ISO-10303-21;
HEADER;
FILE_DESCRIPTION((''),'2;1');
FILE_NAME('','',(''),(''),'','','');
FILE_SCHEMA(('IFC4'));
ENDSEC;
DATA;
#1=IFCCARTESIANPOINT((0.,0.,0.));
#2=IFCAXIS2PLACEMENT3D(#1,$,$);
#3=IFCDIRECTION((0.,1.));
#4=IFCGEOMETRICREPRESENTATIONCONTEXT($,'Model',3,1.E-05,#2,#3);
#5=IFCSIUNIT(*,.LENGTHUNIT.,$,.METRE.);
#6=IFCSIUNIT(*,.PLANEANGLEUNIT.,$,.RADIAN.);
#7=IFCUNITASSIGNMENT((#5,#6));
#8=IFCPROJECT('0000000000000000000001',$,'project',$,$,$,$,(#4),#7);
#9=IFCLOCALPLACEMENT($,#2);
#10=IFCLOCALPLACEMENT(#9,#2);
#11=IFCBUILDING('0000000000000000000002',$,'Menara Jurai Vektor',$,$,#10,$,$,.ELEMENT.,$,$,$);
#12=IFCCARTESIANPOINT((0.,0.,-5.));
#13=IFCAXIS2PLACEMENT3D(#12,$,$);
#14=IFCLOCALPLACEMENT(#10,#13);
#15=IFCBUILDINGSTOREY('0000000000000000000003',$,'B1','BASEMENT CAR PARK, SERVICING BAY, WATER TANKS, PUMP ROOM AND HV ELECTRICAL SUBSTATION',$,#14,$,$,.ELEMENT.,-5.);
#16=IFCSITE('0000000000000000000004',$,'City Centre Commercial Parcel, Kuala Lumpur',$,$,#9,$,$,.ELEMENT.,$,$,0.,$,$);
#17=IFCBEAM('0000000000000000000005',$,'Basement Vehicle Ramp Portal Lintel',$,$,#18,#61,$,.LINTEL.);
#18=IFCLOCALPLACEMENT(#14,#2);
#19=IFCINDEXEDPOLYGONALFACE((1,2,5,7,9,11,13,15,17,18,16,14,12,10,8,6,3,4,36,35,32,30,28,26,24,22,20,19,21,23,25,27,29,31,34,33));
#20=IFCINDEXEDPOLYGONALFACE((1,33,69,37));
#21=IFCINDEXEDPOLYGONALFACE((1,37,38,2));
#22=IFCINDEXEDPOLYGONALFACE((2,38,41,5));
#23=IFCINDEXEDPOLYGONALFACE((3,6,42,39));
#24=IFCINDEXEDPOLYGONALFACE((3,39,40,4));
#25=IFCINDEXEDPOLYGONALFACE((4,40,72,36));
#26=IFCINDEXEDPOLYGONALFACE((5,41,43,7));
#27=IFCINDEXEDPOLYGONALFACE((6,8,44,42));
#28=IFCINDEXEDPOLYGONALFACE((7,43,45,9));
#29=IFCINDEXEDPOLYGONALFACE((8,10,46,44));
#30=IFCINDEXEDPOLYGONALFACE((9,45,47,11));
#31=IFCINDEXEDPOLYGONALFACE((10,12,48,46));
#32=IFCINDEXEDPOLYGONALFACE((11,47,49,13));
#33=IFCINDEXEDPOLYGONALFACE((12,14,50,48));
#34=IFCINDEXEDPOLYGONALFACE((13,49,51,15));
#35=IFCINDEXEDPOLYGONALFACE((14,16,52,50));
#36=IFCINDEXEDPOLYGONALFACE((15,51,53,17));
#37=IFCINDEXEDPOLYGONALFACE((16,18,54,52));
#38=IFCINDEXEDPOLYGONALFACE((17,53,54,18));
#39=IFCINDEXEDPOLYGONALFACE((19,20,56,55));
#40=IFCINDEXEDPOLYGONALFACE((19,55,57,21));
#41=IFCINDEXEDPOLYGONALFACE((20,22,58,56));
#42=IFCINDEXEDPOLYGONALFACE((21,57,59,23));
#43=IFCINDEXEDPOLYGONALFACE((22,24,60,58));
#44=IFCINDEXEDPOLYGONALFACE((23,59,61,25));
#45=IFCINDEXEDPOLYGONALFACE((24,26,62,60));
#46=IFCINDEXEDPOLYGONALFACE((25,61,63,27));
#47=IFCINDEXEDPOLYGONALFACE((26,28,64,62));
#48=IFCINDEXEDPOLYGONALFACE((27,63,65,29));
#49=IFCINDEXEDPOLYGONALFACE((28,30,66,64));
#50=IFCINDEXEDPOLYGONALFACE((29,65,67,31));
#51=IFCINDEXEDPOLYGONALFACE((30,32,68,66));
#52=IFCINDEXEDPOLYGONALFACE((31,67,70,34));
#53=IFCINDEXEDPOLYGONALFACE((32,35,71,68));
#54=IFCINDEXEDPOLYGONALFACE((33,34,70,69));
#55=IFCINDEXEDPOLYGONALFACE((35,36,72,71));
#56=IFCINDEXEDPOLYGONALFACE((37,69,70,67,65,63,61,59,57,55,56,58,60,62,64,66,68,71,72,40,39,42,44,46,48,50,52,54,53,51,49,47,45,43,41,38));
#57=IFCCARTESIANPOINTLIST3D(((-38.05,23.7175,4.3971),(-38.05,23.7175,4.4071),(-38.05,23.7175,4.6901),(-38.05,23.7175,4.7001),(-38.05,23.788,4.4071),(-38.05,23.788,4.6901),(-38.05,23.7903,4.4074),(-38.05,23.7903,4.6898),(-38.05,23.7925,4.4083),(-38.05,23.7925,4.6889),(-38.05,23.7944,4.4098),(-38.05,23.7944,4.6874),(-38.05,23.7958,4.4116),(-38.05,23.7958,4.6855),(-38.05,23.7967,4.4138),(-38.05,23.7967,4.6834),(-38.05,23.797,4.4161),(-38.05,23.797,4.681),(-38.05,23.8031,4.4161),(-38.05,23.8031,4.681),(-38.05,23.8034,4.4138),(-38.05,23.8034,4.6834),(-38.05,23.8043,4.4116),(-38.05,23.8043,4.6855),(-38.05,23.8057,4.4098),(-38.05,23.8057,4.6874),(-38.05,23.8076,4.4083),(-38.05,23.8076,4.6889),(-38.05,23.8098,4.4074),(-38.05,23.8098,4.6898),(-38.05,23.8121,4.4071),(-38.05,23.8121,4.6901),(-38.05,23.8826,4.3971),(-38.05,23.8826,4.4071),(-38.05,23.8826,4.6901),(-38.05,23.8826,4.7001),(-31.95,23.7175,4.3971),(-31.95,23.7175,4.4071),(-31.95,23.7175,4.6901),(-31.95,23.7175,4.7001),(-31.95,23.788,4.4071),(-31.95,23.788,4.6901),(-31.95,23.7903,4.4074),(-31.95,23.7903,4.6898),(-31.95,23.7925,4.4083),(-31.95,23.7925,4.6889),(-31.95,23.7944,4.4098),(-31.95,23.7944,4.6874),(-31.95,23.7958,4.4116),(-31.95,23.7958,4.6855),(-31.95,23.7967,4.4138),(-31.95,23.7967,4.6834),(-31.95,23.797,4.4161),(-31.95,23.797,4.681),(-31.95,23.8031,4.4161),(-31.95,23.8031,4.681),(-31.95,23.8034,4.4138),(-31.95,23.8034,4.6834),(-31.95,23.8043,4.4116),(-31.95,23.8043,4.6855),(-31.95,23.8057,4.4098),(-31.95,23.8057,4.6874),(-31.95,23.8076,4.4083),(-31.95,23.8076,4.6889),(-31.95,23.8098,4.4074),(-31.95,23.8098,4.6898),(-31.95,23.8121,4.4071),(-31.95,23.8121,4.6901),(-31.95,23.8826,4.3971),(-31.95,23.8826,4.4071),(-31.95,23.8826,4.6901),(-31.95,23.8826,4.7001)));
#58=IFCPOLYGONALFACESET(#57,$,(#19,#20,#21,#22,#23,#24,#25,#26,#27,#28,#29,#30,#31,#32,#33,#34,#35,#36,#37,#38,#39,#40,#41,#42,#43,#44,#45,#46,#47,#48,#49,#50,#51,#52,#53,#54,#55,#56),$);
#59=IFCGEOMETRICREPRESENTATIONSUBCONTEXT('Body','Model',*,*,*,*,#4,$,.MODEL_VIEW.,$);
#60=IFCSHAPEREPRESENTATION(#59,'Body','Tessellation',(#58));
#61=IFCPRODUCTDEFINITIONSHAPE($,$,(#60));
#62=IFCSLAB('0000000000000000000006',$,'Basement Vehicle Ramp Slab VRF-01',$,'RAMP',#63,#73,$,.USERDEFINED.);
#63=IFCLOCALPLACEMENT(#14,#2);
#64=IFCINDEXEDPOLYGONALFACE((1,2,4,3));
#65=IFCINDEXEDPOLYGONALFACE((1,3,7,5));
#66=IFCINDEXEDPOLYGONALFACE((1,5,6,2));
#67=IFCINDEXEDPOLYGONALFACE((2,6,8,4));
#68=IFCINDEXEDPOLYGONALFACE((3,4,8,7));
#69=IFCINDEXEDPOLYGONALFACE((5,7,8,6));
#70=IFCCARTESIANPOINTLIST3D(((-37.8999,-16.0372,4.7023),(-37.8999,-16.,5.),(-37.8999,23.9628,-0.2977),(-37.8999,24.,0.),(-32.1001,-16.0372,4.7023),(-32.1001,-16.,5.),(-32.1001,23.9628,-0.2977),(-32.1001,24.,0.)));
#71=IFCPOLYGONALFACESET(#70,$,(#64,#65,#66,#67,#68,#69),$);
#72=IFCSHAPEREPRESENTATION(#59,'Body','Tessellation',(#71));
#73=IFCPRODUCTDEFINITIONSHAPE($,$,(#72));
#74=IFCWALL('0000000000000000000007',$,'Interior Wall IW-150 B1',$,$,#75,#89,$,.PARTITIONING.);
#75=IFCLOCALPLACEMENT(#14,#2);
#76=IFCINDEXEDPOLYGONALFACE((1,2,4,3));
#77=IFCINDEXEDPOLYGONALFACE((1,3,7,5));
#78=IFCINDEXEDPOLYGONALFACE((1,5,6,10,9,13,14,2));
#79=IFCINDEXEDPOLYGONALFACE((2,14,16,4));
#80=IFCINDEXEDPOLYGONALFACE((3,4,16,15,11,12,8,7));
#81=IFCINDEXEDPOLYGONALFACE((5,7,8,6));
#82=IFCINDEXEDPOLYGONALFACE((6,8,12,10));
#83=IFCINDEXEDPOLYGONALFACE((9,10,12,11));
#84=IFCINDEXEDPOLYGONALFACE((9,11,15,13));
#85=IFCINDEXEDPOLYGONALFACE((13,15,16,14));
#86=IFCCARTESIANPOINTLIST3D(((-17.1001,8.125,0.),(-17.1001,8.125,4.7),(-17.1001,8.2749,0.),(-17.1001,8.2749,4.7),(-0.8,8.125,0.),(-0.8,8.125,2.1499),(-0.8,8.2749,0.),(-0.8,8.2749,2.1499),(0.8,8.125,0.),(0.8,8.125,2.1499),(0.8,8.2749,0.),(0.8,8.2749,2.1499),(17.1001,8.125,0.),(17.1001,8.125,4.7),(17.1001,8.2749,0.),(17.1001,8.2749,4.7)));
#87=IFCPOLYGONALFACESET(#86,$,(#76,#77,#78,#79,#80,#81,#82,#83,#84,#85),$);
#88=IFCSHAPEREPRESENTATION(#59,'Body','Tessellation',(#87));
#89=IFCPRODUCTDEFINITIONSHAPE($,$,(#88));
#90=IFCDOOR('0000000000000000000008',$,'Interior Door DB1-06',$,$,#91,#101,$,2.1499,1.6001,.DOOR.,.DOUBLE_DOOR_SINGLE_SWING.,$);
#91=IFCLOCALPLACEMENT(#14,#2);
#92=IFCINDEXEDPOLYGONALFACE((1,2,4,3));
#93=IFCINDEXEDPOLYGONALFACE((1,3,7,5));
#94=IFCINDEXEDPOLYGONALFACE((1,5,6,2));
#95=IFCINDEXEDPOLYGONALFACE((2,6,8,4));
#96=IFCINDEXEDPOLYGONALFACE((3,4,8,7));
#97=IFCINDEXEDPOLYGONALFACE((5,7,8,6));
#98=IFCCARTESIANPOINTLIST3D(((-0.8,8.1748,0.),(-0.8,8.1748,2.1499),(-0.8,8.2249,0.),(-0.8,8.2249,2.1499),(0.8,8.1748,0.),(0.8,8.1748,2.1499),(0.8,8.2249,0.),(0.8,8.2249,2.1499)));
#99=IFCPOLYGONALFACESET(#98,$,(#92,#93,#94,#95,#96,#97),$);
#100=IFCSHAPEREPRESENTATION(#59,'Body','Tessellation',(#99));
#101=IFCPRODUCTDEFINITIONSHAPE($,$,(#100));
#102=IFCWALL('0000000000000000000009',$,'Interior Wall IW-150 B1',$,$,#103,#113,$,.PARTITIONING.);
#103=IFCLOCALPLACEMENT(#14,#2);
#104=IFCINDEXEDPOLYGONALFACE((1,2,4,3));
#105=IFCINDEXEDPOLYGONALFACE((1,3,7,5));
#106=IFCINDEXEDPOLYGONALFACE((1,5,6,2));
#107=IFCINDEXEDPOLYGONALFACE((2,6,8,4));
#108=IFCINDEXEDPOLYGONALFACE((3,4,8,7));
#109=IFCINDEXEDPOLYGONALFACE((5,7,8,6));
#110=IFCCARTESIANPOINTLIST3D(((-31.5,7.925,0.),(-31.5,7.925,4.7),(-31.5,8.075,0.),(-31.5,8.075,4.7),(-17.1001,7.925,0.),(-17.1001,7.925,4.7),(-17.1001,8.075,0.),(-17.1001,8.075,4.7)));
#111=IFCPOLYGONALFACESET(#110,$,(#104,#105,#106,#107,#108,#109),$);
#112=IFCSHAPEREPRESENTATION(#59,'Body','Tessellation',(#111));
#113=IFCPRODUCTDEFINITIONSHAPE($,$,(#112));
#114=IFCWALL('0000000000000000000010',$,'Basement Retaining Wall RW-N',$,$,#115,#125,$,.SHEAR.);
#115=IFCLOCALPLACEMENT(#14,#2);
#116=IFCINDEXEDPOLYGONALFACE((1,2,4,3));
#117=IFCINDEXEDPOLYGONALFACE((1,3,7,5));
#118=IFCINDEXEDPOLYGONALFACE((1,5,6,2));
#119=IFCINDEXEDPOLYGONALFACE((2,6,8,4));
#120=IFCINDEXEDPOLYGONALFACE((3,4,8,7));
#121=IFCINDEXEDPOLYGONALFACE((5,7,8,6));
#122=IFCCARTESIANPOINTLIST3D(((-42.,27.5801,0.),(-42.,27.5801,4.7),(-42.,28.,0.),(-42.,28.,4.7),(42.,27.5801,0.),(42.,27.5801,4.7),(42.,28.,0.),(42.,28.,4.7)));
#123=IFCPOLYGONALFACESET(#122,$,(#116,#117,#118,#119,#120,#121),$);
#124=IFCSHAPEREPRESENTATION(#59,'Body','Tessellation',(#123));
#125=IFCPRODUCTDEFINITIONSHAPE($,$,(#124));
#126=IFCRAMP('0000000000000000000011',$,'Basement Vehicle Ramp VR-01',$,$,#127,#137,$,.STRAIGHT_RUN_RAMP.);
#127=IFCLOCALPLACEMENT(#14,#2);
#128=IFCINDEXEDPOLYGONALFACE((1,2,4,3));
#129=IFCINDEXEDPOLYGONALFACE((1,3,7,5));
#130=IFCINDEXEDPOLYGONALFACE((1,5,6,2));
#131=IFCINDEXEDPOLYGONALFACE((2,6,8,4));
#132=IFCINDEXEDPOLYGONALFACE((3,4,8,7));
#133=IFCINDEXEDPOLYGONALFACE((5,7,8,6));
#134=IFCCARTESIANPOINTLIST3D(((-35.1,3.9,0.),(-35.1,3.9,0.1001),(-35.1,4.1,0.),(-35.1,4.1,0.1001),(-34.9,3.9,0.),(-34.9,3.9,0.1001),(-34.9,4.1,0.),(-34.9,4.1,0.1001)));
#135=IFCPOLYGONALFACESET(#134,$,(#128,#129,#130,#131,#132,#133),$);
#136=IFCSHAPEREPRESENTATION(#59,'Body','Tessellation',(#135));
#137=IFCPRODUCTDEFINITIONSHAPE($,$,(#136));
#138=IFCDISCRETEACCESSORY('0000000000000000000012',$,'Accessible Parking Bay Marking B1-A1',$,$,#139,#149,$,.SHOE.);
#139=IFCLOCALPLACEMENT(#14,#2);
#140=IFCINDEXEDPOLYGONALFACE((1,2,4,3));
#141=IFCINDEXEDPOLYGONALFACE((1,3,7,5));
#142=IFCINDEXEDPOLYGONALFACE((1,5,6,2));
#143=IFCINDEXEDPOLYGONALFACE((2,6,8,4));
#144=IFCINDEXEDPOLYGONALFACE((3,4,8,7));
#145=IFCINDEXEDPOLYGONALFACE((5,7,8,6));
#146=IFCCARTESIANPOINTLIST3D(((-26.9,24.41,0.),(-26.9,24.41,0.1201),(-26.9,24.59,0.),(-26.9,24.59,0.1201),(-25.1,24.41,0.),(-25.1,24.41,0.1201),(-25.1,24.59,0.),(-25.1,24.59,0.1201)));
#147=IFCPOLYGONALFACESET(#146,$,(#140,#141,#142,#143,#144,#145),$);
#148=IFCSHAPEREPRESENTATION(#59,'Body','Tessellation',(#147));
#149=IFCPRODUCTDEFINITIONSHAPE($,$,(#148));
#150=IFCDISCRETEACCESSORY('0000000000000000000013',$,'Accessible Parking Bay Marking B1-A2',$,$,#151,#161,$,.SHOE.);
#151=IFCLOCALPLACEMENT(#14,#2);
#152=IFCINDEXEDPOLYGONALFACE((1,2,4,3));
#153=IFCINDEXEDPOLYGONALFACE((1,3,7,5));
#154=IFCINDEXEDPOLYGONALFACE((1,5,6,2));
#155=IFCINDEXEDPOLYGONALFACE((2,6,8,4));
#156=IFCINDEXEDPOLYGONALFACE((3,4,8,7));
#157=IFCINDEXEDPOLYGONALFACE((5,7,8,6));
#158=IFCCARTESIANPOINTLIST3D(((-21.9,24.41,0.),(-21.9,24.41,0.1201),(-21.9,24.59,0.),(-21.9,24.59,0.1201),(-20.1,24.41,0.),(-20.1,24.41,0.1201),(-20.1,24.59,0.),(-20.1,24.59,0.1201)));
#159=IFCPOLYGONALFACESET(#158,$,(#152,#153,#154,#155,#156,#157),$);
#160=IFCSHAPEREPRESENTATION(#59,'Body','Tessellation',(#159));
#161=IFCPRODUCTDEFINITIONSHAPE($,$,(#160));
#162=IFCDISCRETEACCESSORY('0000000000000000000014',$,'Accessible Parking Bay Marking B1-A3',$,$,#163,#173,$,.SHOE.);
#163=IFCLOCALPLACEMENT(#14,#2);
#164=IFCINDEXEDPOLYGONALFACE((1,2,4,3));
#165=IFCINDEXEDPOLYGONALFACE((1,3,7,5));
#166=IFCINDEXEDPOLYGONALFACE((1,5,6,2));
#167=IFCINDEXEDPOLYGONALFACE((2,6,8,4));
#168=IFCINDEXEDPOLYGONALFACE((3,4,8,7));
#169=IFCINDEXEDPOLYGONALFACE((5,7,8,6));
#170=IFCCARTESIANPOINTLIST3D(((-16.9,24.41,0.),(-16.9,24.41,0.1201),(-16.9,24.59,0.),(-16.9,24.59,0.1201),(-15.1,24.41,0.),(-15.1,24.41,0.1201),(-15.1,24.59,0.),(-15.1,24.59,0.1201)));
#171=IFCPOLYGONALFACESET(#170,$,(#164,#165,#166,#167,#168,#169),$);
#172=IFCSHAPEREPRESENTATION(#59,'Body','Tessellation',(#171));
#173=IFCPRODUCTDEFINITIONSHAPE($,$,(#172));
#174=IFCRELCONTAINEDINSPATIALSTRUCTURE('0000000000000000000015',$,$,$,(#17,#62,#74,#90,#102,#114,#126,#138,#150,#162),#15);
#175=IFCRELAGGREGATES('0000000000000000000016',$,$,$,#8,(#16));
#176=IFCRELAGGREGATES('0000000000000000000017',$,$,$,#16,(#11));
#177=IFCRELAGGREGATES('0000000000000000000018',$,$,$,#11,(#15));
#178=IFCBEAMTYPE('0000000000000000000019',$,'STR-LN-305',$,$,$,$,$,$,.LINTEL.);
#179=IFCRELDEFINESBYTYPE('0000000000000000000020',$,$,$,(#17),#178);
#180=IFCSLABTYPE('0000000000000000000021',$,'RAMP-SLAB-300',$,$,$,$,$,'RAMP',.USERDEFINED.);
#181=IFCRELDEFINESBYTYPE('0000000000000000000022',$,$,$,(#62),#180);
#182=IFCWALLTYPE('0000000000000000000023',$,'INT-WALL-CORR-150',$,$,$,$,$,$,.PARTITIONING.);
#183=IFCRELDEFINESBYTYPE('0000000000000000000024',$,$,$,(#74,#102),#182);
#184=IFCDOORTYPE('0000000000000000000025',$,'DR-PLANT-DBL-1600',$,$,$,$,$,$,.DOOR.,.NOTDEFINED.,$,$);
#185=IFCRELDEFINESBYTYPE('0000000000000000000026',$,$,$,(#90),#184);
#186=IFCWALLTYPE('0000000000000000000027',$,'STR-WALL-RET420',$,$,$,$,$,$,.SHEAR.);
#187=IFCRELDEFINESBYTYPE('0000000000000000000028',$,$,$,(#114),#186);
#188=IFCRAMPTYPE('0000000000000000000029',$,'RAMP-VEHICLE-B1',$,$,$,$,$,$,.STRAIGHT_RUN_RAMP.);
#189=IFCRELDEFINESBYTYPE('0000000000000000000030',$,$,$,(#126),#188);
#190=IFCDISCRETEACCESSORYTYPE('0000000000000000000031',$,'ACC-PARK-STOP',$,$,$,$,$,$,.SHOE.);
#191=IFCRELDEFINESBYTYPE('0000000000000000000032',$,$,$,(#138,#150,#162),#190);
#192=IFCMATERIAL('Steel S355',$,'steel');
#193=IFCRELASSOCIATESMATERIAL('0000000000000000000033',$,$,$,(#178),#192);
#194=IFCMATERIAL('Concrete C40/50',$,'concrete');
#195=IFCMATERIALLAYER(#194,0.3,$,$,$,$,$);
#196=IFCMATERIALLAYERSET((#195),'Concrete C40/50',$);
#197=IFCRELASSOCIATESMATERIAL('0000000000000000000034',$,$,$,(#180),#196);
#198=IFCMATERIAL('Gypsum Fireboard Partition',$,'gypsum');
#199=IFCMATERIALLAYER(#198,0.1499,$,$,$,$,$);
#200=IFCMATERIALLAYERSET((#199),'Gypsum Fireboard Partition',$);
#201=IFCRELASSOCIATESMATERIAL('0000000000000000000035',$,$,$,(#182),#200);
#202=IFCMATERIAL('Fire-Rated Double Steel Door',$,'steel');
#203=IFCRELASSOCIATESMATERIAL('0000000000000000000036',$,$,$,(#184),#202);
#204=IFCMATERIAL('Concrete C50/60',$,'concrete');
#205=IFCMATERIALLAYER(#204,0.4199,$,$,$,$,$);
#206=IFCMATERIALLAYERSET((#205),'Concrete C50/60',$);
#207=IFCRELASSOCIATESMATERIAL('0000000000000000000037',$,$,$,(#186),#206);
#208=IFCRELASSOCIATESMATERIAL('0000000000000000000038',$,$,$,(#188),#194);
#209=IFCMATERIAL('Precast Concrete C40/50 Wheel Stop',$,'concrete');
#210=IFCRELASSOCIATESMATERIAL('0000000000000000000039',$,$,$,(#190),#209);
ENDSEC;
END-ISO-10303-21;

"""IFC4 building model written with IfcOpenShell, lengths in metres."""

from ifc_helpers import new_model, si_unit, direction, frame, frame_2d, origin, origin_2d, place, context, subcontext, project, spatial, polyline, rectangle, i_section, outline, extrude, material, layer, layer_set, material_profile, profile_set, type_object, element, fill, save


model = new_model("IFC4")

# Units and contexts
model_context = context("Model", 3, precision=1e-05, world=origin(), true_north=direction((0.0, 1.0)))
body_context = subcontext(model_context, "Body", "Model", "MODEL_VIEW")
ifc_project = project(units=[si_unit("LENGTHUNIT", "METRE"), si_unit("PLANEANGLEUNIT", "RADIAN")], contexts=[model_context])

# Site, building, storey
site_placement = place(None, origin())
site = spatial("IfcSite", under=ifc_project, at=site_placement, Name="City Centre Commercial Parcel, Kuala Lumpur", CompositionType="ELEMENT", RefElevation=0.0)
building_placement = place(site_placement, origin())
building = spatial("IfcBuilding", under=site, at=building_placement, Name="Menara Jurai Vektor", CompositionType="ELEMENT")
storey_placement = place(building_placement, frame((0.0, 0.0, -5.0)))
storey = spatial("IfcBuildingStorey", under=building, at=storey_placement, Name="B1", Description="BASEMENT CAR PARK, SERVICING BAY, WATER TANKS, PUMP ROOM AND HV ELECTRICAL SUBSTATION", CompositionType="ELEMENT", Elevation=-5.0)

# Shared definitions
ifc_material_1 = material(Name="Concrete C50/60", Category="concrete")

# Shared definitions
ifc_material_2 = material(Name="Steel S355", Category="steel")

# Beam
ifc_material_profile_1 = material_profile(ifc_material_2, i_section(OverallWidth=0.165, OverallDepth=0.303, WebThickness=0.0061, FlangeThickness=0.01, FilletRadius=0.009, at=origin_2d()), Name="UKB 305x165x40")
ifc_profile_set_1 = profile_set([ifc_material_profile_1], Name="Steel S355")
beam_type = type_object("IfcBeamType", Name="STR-LN-305", PredefinedType="LINTEL", material=ifc_profile_set_1)
beam_placement = place(storey_placement, frame((-38.05, 23.8, 4.5486), z_axis=(1.0, 0.0, 0.0), x_axis=(0.0, 1.0, 0.0)))
element("IfcBeam", 1, at=beam_placement, inside=storey, type_object=beam_type, Name="Basement Vehicle Ramp Portal Lintel", PredefinedType="LINTEL", context=body_context, shape_type="SweptSolid", body=[
    extrude(i_section(OverallWidth=0.165, OverallDepth=0.303, WebThickness=0.0061, FlangeThickness=0.01, FilletRadius=0.009, at=origin_2d()), origin(), (0.0, 0.0, 1.0), 6.1001),
])

# Slab
ifc_material_3 = material(Name="Concrete C40/50", Category="concrete")
ifc_layer_1 = layer(ifc_material_3, 0.3)
ifc_layer_set_1 = layer_set([ifc_layer_1], Name="Concrete C40/50")
slab_type = type_object("IfcSlabType", Name="RAMP-SLAB-300", ElementType="RAMP", PredefinedType="USERDEFINED", material=ifc_layer_set_1)
slab_placement = place(storey_placement, frame((-37.8999, 24.0, 0.0), z_axis=(0.0, 0.124035, 0.992278), x_axis=(1.0, 0.0, 0.0)))
element("IfcSlab", 2, at=slab_placement, inside=storey, type_object=slab_type, Name="Basement Vehicle Ramp Slab VRF-01", ObjectType="RAMP", PredefinedType="USERDEFINED", context=body_context, shape_type="SweptSolid", body=[
    extrude(outline(polyline([(0.0, 0.0), (5.7998, 0.0), (5.7998, -40.3113), (0.0, -40.3113), (0.0, 0.0)])), origin(), (0.0, 0.0, -1.0), 0.3),
])

# Wall, opening, door
ifc_material_4 = material(Name="Gypsum Fireboard Partition", Category="gypsum")
ifc_layer_2 = layer(ifc_material_4, 0.1499)
ifc_layer_set_2 = layer_set([ifc_layer_2], Name="Gypsum Fireboard Partition")
wall_type_1 = type_object("IfcWallType", Name="INT-WALL-CORR-150", PredefinedType="PARTITIONING", material=ifc_layer_set_2)
wall_1_placement = place(storey_placement, frame((-17.1001, 8.2, 0.0), z_axis=(0.0, 0.0, 1.0), x_axis=(1.0, 0.0, 0.0)))
wall_1 = element("IfcWall", 3, at=wall_1_placement, inside=storey, type_object=wall_type_1, Name="Interior Wall IW-150 B1", PredefinedType="PARTITIONING", context=body_context, shape_type="SweptSolid", body=[
    extrude(rectangle(XDim=34.2002, YDim=0.1499, at=frame_2d((17.1001, 0.0))), origin(), (0.0, 0.0, 1.0), 4.7),
])
opening_placement = place(wall_1_placement, frame((16.3, 0.0, 0.0)))
opening = element("IfcOpeningElement", 4, at=opening_placement, cuts=wall_1, PredefinedType="OPENING", context=body_context, shape_type="SweptSolid", body=[
    extrude(rectangle(XDim=1.6001, YDim=2.1499, at=frame_2d((0.8, 1.075))), frame((0.0, 0.085, 0.0), z_axis=(0.0, -1.0, 0.0), x_axis=(1.0, 0.0, 0.0)), (0.0, 0.0, 1.0), 0.1699),
])
ifc_material_5 = material(Name="Fire-Rated Double Steel Door", Category="steel")
door_type = type_object("IfcDoorType", Name="DR-PLANT-DBL-1600", OperationType="NOTDEFINED", PredefinedType="DOOR", material=ifc_material_5)
door_placement = place(opening_placement, origin())
door = element("IfcDoor", 5, at=door_placement, inside=storey, type_object=door_type, Name="Interior Door DB1-06", OperationType="DOUBLE_DOOR_SINGLE_SWING", OverallHeight=2.1499, OverallWidth=1.6001, PredefinedType="DOOR", context=body_context, shape_type="SweptSolid", body=[
    extrude(rectangle(XDim=1.6001, YDim=2.1499, at=frame_2d((0.8, 1.075))), frame((0.0, 0.0249, 0.0), z_axis=(0.0, -1.0, 0.0), x_axis=(1.0, 0.0, 0.0)), (0.0, 0.0, 1.0), 0.05),
])
fill(opening, door)

# Walls
wall_2_placement = place(storey_placement, frame((-31.5, 8.0, 0.0), z_axis=(0.0, 0.0, 1.0), x_axis=(1.0, 0.0, 0.0)))
element("IfcWall", 6, at=wall_2_placement, inside=storey, type_object=wall_type_1, Name="Interior Wall IW-150 B1", PredefinedType="PARTITIONING", context=body_context, shape_type="SweptSolid", body=[
    extrude(rectangle(XDim=14.3999, YDim=0.1499, at=frame_2d((7.2, 0.0))), origin(), (0.0, 0.0, 1.0), 4.7),
])
ifc_layer_3 = layer(ifc_material_1, 0.4199)
ifc_layer_set_3 = layer_set([ifc_layer_3], Name="Concrete C50/60")
wall_type_2 = type_object("IfcWallType", Name="STR-WALL-RET420", PredefinedType="SHEAR", material=ifc_layer_set_3)
wall_3_placement = place(storey_placement, frame((-42.0, 27.79, 0.0), z_axis=(0.0, 0.0, 1.0), x_axis=(1.0, 0.0, 0.0)))
element("IfcWall", 7, at=wall_3_placement, inside=storey, type_object=wall_type_2, Name="Basement Retaining Wall RW-N", PredefinedType="SHEAR", context=body_context, shape_type="SweptSolid", body=[
    extrude(rectangle(XDim=84.0, YDim=0.4199, at=frame_2d((42.0, 0.0))), origin(), (0.0, 0.0, 1.0), 4.7),
])

# Ramp
ramp_type = type_object("IfcRampType", Name="RAMP-VEHICLE-B1", PredefinedType="STRAIGHT_RUN_RAMP", material=ifc_material_3)
ramp_placement = place(storey_placement, frame((-35.0, 4.0, 0.0), z_axis=(0.0, 0.0, 1.0), x_axis=(1.0, 0.0, 0.0)))
element("IfcRamp", 8, at=ramp_placement, inside=storey, type_object=ramp_type, Name="Basement Vehicle Ramp VR-01", PredefinedType="STRAIGHT_RUN_RAMP", context=body_context, shape_type="SweptSolid", body=[
    extrude(rectangle(XDim=0.2, YDim=0.2, at=origin_2d()), origin(), (0.0, 0.0, 1.0), 0.1001),
])

# Discrete accessories
ifc_material_6 = material(Name="Precast Concrete C40/50 Wheel Stop", Category="concrete")
discrete_accessory_type = type_object("IfcDiscreteAccessoryType", Name="ACC-PARK-STOP", PredefinedType="SHOE", material=ifc_material_6)
for number, where, z_axis, x_axis, name in (
    (9, (-26.0, 24.5, 0.0), (0.0, 0.0, 1.0), (1.0, 0.0, 0.0), "Accessible Parking Bay Marking B1-A1"),
    (10, (-21.0, 24.5, 0.0), (0.0, 0.0, 1.0), (1.0, 0.0, 0.0), "Accessible Parking Bay Marking B1-A2"),
    (11, (-16.0, 24.5, 0.0), (0.0, 0.0, 1.0), (1.0, 0.0, 0.0), "Accessible Parking Bay Marking B1-A3"),
):
    element("IfcDiscreteAccessory", number, at=place(storey_placement, frame(where, z_axis=z_axis, x_axis=x_axis)), inside=storey, type_object=discrete_accessory_type, Name=name, PredefinedType="SHOE", context=body_context, shape_type="SweptSolid", body=[
        extrude(rectangle(XDim=1.8, YDim=0.1799, at=origin_2d()), origin(), (0.0, 0.0, 1.0), 0.1201),
    ])

save(model, "model.ifc")
